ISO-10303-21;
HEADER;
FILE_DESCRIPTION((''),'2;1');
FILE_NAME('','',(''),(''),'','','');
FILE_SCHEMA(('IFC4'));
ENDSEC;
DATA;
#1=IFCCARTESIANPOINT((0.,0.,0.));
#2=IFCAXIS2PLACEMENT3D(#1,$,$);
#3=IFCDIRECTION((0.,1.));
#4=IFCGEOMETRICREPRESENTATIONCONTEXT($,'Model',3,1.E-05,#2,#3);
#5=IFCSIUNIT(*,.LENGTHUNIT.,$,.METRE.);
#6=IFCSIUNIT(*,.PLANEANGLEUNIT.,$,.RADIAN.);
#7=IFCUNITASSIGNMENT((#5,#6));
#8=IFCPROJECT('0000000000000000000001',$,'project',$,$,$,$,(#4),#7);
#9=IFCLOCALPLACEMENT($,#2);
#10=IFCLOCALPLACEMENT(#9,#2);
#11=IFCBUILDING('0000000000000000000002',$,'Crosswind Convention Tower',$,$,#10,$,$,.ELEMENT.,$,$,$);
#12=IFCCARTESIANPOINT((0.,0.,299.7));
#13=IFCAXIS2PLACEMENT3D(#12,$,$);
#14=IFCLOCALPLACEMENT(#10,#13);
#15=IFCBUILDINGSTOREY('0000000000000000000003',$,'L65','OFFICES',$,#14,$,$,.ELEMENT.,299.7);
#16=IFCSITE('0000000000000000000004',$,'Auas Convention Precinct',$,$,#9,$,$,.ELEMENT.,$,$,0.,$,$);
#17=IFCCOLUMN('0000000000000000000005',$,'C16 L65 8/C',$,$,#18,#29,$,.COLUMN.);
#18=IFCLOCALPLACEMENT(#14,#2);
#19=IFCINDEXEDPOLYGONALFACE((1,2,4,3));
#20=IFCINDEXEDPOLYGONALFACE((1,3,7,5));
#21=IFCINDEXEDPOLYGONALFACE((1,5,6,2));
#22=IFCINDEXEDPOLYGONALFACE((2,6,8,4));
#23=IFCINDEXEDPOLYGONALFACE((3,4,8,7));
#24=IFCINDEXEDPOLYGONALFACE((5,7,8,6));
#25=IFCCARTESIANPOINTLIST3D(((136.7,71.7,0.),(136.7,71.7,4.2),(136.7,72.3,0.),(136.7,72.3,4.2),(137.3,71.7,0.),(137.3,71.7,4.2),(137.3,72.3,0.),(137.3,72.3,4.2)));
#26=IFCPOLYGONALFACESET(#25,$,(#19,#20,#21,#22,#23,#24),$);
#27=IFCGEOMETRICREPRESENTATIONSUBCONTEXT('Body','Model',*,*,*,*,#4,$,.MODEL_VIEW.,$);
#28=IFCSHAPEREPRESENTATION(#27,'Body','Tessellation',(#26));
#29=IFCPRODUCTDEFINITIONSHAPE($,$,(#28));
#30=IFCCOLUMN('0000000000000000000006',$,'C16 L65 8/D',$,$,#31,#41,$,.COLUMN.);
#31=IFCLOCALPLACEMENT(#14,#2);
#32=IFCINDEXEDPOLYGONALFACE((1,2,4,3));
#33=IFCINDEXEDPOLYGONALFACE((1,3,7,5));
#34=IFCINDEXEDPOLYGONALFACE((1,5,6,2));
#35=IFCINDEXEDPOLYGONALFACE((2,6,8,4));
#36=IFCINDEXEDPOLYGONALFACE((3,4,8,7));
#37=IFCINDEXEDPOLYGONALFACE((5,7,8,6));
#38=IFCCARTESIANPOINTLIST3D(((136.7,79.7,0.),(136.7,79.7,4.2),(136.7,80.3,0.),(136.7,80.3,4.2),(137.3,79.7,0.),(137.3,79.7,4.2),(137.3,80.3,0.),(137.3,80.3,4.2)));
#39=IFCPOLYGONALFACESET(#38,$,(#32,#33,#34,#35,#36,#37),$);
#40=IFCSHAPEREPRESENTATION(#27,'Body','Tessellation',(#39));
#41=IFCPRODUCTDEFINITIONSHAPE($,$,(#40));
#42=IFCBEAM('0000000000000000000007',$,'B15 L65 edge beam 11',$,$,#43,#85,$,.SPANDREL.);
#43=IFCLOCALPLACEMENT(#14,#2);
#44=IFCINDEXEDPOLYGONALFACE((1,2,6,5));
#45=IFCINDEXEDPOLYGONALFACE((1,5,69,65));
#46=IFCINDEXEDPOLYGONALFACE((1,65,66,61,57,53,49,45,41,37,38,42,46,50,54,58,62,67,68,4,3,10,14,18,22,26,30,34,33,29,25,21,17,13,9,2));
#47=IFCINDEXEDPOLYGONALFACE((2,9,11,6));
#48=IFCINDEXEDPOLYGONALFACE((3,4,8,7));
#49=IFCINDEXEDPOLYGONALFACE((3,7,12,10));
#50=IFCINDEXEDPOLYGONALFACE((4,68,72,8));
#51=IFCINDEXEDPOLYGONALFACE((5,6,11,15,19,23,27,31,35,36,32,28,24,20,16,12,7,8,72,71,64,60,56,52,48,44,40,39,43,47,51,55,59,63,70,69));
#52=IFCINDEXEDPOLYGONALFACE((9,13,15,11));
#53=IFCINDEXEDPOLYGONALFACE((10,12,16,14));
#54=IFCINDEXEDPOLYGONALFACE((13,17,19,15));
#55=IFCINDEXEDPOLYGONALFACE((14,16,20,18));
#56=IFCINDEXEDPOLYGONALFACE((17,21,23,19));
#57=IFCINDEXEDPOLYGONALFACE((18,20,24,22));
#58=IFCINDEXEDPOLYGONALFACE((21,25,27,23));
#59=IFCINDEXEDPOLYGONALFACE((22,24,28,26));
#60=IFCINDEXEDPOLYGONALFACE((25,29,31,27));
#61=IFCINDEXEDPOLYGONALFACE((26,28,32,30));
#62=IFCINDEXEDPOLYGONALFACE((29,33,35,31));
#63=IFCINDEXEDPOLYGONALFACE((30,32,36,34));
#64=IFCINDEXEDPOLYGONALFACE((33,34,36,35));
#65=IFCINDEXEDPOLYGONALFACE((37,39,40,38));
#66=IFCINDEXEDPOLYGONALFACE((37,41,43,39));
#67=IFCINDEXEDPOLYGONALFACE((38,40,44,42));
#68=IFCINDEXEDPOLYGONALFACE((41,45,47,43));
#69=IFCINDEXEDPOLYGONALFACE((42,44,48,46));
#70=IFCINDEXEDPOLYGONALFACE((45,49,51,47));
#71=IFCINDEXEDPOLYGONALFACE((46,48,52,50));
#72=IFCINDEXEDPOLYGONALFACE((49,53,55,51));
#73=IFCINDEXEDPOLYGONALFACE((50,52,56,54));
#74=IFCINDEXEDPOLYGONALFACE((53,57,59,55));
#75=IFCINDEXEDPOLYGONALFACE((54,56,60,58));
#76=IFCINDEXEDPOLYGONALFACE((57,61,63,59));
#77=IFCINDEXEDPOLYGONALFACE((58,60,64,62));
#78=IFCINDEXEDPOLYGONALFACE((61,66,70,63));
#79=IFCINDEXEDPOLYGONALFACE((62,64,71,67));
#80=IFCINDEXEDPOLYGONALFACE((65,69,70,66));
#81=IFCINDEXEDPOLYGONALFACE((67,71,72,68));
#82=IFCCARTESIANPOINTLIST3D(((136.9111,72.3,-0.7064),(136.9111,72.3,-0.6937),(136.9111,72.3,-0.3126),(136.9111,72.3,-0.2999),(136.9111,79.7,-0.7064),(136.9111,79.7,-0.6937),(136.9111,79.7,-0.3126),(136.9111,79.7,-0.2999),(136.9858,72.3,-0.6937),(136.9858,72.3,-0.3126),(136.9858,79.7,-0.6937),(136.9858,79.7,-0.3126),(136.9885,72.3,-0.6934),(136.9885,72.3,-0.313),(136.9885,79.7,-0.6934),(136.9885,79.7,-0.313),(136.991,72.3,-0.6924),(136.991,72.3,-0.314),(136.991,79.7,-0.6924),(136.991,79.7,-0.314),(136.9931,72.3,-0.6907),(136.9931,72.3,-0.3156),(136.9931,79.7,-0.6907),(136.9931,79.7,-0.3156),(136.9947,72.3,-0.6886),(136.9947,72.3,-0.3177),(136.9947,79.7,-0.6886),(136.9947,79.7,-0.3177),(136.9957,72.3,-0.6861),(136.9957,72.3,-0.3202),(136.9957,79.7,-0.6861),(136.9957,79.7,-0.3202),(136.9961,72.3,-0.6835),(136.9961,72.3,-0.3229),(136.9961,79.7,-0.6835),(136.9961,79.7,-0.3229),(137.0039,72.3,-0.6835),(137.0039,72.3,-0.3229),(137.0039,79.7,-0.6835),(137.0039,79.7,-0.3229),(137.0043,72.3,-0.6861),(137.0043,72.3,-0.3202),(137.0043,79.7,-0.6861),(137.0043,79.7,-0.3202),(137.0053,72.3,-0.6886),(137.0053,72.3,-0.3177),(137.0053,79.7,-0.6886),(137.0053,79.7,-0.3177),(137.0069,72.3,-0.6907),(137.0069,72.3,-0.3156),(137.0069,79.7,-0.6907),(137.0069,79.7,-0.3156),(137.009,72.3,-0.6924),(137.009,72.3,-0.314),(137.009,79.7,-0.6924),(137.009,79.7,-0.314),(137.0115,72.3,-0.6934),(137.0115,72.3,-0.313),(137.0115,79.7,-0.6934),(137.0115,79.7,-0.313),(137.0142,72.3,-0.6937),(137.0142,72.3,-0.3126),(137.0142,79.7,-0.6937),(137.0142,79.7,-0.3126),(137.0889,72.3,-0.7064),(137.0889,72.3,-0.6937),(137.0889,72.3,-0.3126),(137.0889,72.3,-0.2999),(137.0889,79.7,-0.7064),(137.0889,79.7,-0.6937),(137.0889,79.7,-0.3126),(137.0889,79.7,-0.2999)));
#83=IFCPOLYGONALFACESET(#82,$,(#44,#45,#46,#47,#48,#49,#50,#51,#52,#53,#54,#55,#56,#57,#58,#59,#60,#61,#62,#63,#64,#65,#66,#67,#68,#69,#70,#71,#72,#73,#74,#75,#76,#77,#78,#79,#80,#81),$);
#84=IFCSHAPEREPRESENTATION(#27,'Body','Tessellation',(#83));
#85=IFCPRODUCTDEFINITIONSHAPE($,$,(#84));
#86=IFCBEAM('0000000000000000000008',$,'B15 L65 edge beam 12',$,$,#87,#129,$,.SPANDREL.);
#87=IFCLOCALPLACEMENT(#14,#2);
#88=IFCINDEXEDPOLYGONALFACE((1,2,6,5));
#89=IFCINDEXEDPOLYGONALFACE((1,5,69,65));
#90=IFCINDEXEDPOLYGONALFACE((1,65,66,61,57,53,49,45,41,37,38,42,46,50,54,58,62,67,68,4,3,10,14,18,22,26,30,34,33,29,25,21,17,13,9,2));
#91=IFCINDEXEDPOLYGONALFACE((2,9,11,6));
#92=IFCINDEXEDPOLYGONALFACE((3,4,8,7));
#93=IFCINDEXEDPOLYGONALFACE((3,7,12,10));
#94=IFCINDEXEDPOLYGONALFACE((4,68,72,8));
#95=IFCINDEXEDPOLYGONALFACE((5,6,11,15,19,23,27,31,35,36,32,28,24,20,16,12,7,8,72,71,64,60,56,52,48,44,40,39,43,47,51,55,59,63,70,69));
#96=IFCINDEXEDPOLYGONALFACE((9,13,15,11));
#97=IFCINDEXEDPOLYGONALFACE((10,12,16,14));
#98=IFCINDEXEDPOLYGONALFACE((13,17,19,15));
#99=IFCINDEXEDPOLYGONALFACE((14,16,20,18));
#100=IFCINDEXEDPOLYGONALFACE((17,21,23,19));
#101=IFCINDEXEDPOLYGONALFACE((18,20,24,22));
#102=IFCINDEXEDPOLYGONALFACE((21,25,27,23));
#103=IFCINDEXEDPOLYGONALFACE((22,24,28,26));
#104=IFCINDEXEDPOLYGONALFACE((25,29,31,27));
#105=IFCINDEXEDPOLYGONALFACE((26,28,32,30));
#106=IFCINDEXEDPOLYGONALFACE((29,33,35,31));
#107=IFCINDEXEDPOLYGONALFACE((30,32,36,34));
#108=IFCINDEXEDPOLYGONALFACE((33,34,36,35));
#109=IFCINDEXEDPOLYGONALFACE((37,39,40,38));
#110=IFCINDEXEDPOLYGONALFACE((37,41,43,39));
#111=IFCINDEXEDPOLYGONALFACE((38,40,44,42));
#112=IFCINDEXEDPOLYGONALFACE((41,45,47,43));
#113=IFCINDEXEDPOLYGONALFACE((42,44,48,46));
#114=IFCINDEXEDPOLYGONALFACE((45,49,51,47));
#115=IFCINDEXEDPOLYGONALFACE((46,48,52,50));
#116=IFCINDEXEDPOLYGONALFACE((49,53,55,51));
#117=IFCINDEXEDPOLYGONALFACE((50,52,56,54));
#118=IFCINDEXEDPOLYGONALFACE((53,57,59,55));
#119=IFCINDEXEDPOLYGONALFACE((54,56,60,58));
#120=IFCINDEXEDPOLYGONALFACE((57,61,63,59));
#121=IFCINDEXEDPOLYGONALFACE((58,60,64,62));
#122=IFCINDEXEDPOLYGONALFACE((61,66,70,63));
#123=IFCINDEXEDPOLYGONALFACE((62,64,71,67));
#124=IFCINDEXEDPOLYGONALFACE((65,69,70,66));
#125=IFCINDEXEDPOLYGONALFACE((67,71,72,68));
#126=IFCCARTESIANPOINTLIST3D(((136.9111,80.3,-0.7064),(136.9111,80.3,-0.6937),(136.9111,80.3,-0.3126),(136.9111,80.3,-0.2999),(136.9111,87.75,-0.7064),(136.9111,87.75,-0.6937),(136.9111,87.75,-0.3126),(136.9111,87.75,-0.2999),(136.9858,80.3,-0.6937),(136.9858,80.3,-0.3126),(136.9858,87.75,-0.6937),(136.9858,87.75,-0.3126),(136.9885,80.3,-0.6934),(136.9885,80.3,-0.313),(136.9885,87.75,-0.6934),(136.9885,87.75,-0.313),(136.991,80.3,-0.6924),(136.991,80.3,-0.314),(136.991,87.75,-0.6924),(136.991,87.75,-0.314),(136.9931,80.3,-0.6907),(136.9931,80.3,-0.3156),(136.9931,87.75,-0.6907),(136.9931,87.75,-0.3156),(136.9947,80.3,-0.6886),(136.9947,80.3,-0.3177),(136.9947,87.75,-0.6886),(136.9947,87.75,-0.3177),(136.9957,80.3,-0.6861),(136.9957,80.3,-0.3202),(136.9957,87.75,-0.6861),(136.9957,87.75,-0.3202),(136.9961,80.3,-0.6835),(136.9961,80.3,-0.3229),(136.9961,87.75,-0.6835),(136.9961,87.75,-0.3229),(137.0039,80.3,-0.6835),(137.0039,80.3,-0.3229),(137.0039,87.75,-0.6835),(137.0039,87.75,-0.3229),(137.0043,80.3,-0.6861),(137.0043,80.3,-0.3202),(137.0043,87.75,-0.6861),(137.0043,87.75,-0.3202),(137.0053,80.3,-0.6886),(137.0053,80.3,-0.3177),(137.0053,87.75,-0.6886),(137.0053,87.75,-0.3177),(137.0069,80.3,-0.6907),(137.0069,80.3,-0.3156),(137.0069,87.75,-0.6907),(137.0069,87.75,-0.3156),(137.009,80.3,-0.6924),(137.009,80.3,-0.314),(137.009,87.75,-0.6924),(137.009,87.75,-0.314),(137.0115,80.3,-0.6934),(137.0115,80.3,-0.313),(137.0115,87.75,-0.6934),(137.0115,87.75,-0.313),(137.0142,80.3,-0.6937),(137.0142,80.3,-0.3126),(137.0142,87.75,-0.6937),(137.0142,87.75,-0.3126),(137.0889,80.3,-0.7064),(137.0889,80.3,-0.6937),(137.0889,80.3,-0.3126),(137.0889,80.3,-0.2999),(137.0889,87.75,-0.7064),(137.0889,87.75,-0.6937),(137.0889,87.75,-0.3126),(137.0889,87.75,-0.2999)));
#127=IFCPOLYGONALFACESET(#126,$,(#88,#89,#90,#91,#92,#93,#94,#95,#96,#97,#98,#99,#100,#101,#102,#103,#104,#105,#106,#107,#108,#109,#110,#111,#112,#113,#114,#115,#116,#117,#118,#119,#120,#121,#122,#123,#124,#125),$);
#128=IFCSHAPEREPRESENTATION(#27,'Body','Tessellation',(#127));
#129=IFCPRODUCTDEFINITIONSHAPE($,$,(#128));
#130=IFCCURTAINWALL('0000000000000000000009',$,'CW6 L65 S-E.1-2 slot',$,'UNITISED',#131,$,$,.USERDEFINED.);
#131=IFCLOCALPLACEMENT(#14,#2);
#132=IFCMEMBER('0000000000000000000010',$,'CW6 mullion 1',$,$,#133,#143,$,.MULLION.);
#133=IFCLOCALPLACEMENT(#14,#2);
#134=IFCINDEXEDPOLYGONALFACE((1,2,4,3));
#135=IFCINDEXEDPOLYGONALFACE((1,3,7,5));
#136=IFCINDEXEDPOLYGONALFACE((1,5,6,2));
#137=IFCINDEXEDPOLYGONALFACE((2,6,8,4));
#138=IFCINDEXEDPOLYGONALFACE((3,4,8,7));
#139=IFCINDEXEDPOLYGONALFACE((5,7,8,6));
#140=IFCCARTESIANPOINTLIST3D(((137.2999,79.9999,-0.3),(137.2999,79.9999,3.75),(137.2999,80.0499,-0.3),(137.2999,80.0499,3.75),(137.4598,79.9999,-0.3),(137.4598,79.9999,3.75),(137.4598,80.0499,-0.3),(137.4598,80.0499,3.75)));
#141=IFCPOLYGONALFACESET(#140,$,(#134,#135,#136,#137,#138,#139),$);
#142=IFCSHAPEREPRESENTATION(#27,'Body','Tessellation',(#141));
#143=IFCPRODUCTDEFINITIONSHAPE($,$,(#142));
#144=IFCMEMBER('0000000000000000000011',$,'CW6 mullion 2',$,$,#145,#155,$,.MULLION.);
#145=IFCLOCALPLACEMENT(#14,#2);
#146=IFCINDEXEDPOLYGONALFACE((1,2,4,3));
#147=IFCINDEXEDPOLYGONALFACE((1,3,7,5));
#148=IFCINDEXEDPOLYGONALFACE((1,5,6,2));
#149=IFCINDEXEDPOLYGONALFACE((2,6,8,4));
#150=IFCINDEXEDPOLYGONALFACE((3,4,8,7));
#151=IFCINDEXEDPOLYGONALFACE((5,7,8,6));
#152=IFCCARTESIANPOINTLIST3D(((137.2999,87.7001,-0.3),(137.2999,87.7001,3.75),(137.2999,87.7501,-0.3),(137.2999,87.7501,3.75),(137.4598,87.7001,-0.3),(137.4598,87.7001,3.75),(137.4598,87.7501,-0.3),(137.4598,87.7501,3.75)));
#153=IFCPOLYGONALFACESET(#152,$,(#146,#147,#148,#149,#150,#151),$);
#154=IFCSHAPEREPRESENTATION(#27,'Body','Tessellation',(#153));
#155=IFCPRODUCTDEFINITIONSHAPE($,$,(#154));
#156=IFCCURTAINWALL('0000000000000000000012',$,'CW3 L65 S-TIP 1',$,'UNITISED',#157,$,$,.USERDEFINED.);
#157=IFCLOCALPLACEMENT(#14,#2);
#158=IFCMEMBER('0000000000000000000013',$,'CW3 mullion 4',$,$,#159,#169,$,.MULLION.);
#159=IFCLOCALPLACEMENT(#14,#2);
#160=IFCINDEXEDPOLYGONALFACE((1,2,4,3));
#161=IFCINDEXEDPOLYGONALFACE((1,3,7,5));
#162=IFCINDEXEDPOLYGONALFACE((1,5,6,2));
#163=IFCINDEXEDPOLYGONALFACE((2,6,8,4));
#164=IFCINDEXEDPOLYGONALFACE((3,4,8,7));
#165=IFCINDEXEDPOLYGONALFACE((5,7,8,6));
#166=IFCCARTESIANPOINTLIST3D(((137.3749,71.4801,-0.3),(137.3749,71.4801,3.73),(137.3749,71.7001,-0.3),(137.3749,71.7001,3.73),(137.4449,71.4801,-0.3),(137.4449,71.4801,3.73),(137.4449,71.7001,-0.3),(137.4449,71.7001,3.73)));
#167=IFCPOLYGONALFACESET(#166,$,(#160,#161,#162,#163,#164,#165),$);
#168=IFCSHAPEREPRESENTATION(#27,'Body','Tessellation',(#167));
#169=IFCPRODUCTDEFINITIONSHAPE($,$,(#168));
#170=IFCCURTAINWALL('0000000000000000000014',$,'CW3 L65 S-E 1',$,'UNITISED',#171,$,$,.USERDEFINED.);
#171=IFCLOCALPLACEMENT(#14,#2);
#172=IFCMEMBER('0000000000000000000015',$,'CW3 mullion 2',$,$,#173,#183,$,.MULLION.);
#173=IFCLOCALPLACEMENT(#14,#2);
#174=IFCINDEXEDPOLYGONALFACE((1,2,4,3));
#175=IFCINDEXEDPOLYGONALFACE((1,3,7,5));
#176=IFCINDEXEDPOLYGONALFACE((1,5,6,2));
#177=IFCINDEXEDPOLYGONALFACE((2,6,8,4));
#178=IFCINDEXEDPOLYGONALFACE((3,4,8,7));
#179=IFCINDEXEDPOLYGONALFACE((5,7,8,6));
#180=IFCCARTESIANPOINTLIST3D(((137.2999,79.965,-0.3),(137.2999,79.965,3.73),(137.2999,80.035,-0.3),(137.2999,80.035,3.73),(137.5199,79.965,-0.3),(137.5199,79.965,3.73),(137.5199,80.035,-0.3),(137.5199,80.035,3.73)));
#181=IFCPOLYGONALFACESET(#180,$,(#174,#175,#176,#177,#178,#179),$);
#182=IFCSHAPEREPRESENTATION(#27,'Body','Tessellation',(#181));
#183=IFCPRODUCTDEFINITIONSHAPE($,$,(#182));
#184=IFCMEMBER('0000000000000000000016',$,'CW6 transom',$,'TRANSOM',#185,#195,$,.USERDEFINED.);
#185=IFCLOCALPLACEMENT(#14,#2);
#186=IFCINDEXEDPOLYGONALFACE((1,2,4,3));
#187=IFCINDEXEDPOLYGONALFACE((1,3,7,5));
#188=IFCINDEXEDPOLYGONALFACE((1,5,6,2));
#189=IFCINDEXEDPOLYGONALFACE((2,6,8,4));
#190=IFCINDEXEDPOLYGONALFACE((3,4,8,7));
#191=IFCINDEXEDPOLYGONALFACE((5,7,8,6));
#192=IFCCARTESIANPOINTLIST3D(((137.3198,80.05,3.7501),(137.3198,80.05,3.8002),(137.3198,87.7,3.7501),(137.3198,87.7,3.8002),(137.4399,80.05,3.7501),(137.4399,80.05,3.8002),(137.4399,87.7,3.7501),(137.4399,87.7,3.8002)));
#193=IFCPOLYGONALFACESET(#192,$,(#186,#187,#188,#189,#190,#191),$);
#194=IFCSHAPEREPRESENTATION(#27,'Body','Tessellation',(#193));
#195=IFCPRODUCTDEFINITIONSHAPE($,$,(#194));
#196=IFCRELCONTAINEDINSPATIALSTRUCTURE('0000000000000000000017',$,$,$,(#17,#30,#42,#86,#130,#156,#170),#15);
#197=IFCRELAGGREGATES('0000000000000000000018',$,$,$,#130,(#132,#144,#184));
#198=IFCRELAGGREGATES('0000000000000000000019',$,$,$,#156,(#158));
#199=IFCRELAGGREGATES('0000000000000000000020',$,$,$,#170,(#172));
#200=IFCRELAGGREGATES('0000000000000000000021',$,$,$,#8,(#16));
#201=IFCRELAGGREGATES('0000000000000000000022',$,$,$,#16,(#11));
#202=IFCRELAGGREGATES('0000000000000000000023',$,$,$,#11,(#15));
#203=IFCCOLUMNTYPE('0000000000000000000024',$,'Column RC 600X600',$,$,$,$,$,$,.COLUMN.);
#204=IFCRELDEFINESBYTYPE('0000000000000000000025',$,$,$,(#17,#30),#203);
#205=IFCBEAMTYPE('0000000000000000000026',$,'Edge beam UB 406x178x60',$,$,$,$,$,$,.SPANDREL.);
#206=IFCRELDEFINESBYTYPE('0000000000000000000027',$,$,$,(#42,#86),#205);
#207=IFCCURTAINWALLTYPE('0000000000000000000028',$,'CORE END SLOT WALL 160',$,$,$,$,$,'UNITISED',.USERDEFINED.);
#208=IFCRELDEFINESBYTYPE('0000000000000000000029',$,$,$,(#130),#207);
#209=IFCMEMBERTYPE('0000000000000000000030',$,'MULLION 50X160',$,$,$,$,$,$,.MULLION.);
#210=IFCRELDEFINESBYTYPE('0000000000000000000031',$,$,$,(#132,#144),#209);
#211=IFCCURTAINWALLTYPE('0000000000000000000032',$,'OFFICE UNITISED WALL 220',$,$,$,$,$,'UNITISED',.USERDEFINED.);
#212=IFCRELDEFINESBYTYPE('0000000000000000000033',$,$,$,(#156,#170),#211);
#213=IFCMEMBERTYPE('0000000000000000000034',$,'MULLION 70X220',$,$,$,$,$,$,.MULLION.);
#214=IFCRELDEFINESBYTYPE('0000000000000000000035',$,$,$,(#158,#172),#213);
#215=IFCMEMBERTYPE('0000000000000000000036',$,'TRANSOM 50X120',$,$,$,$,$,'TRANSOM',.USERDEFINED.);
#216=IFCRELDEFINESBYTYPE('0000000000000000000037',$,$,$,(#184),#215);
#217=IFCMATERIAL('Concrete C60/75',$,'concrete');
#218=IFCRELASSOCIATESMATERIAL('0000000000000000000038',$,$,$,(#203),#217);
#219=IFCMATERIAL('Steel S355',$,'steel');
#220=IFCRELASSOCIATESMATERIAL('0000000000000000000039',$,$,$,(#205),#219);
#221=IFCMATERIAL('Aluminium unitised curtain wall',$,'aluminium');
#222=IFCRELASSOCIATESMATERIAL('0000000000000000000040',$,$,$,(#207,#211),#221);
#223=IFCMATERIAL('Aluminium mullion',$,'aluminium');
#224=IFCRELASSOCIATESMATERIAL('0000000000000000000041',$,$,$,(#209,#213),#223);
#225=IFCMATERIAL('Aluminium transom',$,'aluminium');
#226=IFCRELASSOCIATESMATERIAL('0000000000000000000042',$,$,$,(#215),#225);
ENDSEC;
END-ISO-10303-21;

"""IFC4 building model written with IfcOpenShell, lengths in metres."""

from ifc_helpers import new_model, si_unit, direction, frame, origin, origin_2d, place, context, subcontext, project, spatial, rectangle, i_section, extrude, material, material_profile, profile_set, type_object, element, aggregate, save


model = new_model("IFC4")

# Units and contexts
model_context = context("Model", 3, precision=1e-05, world=origin(), true_north=direction((0.0, 1.0)))
body_context = subcontext(model_context, "Body", "Model", "MODEL_VIEW")
ifc_project = project(units=[si_unit("LENGTHUNIT", "METRE"), si_unit("PLANEANGLEUNIT", "RADIAN")], contexts=[model_context])

# Site, building, storey
site_placement = place(None, origin())
site = spatial("IfcSite", under=ifc_project, at=site_placement, Name="Auas Convention Precinct", CompositionType="ELEMENT", RefElevation=0.0)
building_placement = place(site_placement, origin())
building = spatial("IfcBuilding", under=site, at=building_placement, Name="Crosswind Convention Tower", CompositionType="ELEMENT")
storey_placement = place(building_placement, frame((0.0, 0.0, 299.7)))
storey = spatial("IfcBuildingStorey", under=building, at=storey_placement, Name="L65", Description="OFFICES", CompositionType="ELEMENT", Elevation=299.7)

# Columns
ifc_material_1 = material(Name="Concrete C60/75", Category="concrete")
ifc_material_profile_1 = material_profile(ifc_material_1, rectangle(XDim=0.6001, YDim=0.6001, at=origin_2d()), Name="RC 600X600")
ifc_profile_set_1 = profile_set([ifc_material_profile_1], Name="Concrete C60/75")
column_type = type_object("IfcColumnType", Name="Column RC 600X600", PredefinedType="COLUMN", material=ifc_profile_set_1)
for number, where, z_axis, x_axis, name in (
    (1, (137.0, 72.0, 0.0), (0.0, 0.0, 1.0), (1.0, 0.0, 0.0), "C16 L65 8/C"),
    (2, (137.0, 80.0, 0.0), (0.0, 0.0, 1.0), (1.0, 0.0, 0.0), "C16 L65 8/D"),
):
    element("IfcColumn", number, at=place(storey_placement, frame(where, z_axis=z_axis, x_axis=x_axis)), inside=storey, type_object=column_type, Name=name, PredefinedType="COLUMN", context=body_context, shape_type="SweptSolid", body=[
        extrude(rectangle(XDim=0.6001, YDim=0.6001, at=origin_2d()), origin(), (0.0, 0.0, 1.0), 4.2),
    ])

# Beams
ifc_material_2 = material(Name="Steel S355", Category="steel")
ifc_material_profile_2 = material_profile(ifc_material_2, i_section(OverallWidth=0.1777, OverallDepth=0.4065, WebThickness=0.0078, FlangeThickness=0.0127, FilletRadius=0.0103, at=origin_2d()), Name="UB 406x178x60")
ifc_profile_set_2 = profile_set([ifc_material_profile_2], Name="Steel S355")
beam_type = type_object("IfcBeamType", Name="Edge beam UB 406x178x60", PredefinedType="SPANDREL", material=ifc_profile_set_2)
beam_1_placement = place(storey_placement, frame((137.0, 72.3, -0.5032), z_axis=(0.0, 1.0, 0.0), x_axis=(-1.0, 0.0, 0.0)))
element("IfcBeam", 3, at=beam_1_placement, inside=storey, type_object=beam_type, Name="B15 L65 edge beam 11", PredefinedType="SPANDREL", context=body_context, shape_type="SweptSolid", body=[
    extrude(i_section(OverallWidth=0.1777, OverallDepth=0.4065, WebThickness=0.0078, FlangeThickness=0.0127, FilletRadius=0.0103, at=origin_2d()), origin(), (0.0, 0.0, 1.0), 7.3999),
])
beam_2_placement = place(storey_placement, frame((137.0, 80.3, -0.5032), z_axis=(0.0, 1.0, 0.0), x_axis=(-1.0, 0.0, 0.0)))
element("IfcBeam", 4, at=beam_2_placement, inside=storey, type_object=beam_type, Name="B15 L65 edge beam 12", PredefinedType="SPANDREL", context=body_context, shape_type="SweptSolid", body=[
    extrude(i_section(OverallWidth=0.1777, OverallDepth=0.4065, WebThickness=0.0078, FlangeThickness=0.0127, FilletRadius=0.0103, at=origin_2d()), origin(), (0.0, 0.0, 1.0), 7.45),
])

# Curtain wall, members
ifc_material_3 = material(Name="Aluminium unitised curtain wall", Category="aluminium")
curtain_wall_type_1 = type_object("IfcCurtainWallType", Name="CORE END SLOT WALL 160", ElementType="UNITISED", PredefinedType="USERDEFINED", material=ifc_material_3)
curtain_wall_1_placement = place(storey_placement, origin())
curtain_wall_1 = element("IfcCurtainWall", 5, at=curtain_wall_1_placement, inside=storey, type_object=curtain_wall_type_1, Name="CW6 L65 S-E.1-2 slot", ObjectType="UNITISED", PredefinedType="USERDEFINED")
ifc_material_4 = material(Name="Aluminium mullion", Category="aluminium")
ifc_material_profile_3 = material_profile(ifc_material_4, rectangle(XDim=0.1599, YDim=0.05, at=origin_2d()), Name="AL 160X50")
ifc_profile_set_3 = profile_set([ifc_material_profile_3], Name="Aluminium mullion")
member_type_1 = type_object("IfcMemberType", Name="MULLION 50X160", PredefinedType="MULLION", material=ifc_profile_set_3)
member_1_placement = place(storey_placement, frame((137.3799, 80.0249, -0.3), z_axis=(0.0, 0.0, 1.0), x_axis=(1.0, 0.0, 0.0)))
member_1 = element("IfcMember", 6, at=member_1_placement, type_object=member_type_1, Name="CW6 mullion 1", PredefinedType="MULLION", context=body_context, shape_type="SweptSolid", body=[
    extrude(rectangle(XDim=0.1599, YDim=0.05, at=origin_2d()), origin(), (0.0, 0.0, 1.0), 4.05),
])
member_2_placement = place(storey_placement, frame((137.3799, 87.7251, -0.3), z_axis=(0.0, 0.0, 1.0), x_axis=(1.0, 0.0, 0.0)))
member_2 = element("IfcMember", 7, at=member_2_placement, type_object=member_type_1, Name="CW6 mullion 2", PredefinedType="MULLION", context=body_context, shape_type="SweptSolid", body=[
    extrude(rectangle(XDim=0.1599, YDim=0.05, at=origin_2d()), origin(), (0.0, 0.0, 1.0), 4.05),
])

# Curtain walls, members
curtain_wall_type_2 = type_object("IfcCurtainWallType", Name="OFFICE UNITISED WALL 220", ElementType="UNITISED", PredefinedType="USERDEFINED", material=ifc_material_3)
curtain_wall_2_placement = place(storey_placement, origin())
curtain_wall_2 = element("IfcCurtainWall", 8, at=curtain_wall_2_placement, inside=storey, type_object=curtain_wall_type_2, Name="CW3 L65 S-TIP 1", ObjectType="UNITISED", PredefinedType="USERDEFINED")
ifc_material_profile_4 = material_profile(ifc_material_4, rectangle(XDim=0.22, YDim=0.0701, at=origin_2d()), Name="AL 220X70")
ifc_profile_set_4 = profile_set([ifc_material_profile_4], Name="Aluminium mullion")
member_type_2 = type_object("IfcMemberType", Name="MULLION 70X220", PredefinedType="MULLION", material=ifc_profile_set_4)
member_3_placement = place(storey_placement, frame((137.4099, 71.5901, -0.3), z_axis=(0.0, 0.0, 1.0), x_axis=(0.0, -1.0, 0.0)))
member_3 = element("IfcMember", 9, at=member_3_placement, type_object=member_type_2, Name="CW3 mullion 4", PredefinedType="MULLION", context=body_context, shape_type="SweptSolid", body=[
    extrude(rectangle(XDim=0.22, YDim=0.0701, at=origin_2d()), origin(), (0.0, 0.0, 1.0), 4.03),
])
curtain_wall_3_placement = place(storey_placement, origin())
curtain_wall_3 = element("IfcCurtainWall", 10, at=curtain_wall_3_placement, inside=storey, type_object=curtain_wall_type_2, Name="CW3 L65 S-E 1", ObjectType="UNITISED", PredefinedType="USERDEFINED")
member_4_placement = place(storey_placement, frame((137.4099, 80.0, -0.3), z_axis=(0.0, 0.0, 1.0), x_axis=(1.0, 0.0, 0.0)))
member_4 = element("IfcMember", 11, at=member_4_placement, type_object=member_type_2, Name="CW3 mullion 2", PredefinedType="MULLION", context=body_context, shape_type="SweptSolid", body=[
    extrude(rectangle(XDim=0.22, YDim=0.0701, at=origin_2d()), origin(), (0.0, 0.0, 1.0), 4.03),
])

# Member
ifc_material_5 = material(Name="Aluminium transom", Category="aluminium")
ifc_material_profile_5 = material_profile(ifc_material_5, rectangle(XDim=0.1201, YDim=0.05, at=origin_2d()), Name="AL 120X50")
ifc_profile_set_5 = profile_set([ifc_material_profile_5], Name="Aluminium transom")
member_type_3 = type_object("IfcMemberType", Name="TRANSOM 50X120", ElementType="TRANSOM", PredefinedType="USERDEFINED", material=ifc_profile_set_5)
member_5_placement = place(storey_placement, frame((137.3799, 80.05, 3.7751), z_axis=(0.0, 1.0, 0.0), x_axis=(-1.0, 0.0, 0.0)))
member_5 = element("IfcMember", 12, at=member_5_placement, type_object=member_type_3, Name="CW6 transom", ObjectType="TRANSOM", PredefinedType="USERDEFINED", context=body_context, shape_type="SweptSolid", body=[
    extrude(rectangle(XDim=0.1201, YDim=0.05, at=origin_2d()), origin(), (0.0, 0.0, 1.0), 7.6499),
])

aggregate(curtain_wall_1, [member_1, member_2, member_5])
aggregate(curtain_wall_2, [member_3])

aggregate(curtain_wall_3, [member_4])

save(model, "model.ifc")
